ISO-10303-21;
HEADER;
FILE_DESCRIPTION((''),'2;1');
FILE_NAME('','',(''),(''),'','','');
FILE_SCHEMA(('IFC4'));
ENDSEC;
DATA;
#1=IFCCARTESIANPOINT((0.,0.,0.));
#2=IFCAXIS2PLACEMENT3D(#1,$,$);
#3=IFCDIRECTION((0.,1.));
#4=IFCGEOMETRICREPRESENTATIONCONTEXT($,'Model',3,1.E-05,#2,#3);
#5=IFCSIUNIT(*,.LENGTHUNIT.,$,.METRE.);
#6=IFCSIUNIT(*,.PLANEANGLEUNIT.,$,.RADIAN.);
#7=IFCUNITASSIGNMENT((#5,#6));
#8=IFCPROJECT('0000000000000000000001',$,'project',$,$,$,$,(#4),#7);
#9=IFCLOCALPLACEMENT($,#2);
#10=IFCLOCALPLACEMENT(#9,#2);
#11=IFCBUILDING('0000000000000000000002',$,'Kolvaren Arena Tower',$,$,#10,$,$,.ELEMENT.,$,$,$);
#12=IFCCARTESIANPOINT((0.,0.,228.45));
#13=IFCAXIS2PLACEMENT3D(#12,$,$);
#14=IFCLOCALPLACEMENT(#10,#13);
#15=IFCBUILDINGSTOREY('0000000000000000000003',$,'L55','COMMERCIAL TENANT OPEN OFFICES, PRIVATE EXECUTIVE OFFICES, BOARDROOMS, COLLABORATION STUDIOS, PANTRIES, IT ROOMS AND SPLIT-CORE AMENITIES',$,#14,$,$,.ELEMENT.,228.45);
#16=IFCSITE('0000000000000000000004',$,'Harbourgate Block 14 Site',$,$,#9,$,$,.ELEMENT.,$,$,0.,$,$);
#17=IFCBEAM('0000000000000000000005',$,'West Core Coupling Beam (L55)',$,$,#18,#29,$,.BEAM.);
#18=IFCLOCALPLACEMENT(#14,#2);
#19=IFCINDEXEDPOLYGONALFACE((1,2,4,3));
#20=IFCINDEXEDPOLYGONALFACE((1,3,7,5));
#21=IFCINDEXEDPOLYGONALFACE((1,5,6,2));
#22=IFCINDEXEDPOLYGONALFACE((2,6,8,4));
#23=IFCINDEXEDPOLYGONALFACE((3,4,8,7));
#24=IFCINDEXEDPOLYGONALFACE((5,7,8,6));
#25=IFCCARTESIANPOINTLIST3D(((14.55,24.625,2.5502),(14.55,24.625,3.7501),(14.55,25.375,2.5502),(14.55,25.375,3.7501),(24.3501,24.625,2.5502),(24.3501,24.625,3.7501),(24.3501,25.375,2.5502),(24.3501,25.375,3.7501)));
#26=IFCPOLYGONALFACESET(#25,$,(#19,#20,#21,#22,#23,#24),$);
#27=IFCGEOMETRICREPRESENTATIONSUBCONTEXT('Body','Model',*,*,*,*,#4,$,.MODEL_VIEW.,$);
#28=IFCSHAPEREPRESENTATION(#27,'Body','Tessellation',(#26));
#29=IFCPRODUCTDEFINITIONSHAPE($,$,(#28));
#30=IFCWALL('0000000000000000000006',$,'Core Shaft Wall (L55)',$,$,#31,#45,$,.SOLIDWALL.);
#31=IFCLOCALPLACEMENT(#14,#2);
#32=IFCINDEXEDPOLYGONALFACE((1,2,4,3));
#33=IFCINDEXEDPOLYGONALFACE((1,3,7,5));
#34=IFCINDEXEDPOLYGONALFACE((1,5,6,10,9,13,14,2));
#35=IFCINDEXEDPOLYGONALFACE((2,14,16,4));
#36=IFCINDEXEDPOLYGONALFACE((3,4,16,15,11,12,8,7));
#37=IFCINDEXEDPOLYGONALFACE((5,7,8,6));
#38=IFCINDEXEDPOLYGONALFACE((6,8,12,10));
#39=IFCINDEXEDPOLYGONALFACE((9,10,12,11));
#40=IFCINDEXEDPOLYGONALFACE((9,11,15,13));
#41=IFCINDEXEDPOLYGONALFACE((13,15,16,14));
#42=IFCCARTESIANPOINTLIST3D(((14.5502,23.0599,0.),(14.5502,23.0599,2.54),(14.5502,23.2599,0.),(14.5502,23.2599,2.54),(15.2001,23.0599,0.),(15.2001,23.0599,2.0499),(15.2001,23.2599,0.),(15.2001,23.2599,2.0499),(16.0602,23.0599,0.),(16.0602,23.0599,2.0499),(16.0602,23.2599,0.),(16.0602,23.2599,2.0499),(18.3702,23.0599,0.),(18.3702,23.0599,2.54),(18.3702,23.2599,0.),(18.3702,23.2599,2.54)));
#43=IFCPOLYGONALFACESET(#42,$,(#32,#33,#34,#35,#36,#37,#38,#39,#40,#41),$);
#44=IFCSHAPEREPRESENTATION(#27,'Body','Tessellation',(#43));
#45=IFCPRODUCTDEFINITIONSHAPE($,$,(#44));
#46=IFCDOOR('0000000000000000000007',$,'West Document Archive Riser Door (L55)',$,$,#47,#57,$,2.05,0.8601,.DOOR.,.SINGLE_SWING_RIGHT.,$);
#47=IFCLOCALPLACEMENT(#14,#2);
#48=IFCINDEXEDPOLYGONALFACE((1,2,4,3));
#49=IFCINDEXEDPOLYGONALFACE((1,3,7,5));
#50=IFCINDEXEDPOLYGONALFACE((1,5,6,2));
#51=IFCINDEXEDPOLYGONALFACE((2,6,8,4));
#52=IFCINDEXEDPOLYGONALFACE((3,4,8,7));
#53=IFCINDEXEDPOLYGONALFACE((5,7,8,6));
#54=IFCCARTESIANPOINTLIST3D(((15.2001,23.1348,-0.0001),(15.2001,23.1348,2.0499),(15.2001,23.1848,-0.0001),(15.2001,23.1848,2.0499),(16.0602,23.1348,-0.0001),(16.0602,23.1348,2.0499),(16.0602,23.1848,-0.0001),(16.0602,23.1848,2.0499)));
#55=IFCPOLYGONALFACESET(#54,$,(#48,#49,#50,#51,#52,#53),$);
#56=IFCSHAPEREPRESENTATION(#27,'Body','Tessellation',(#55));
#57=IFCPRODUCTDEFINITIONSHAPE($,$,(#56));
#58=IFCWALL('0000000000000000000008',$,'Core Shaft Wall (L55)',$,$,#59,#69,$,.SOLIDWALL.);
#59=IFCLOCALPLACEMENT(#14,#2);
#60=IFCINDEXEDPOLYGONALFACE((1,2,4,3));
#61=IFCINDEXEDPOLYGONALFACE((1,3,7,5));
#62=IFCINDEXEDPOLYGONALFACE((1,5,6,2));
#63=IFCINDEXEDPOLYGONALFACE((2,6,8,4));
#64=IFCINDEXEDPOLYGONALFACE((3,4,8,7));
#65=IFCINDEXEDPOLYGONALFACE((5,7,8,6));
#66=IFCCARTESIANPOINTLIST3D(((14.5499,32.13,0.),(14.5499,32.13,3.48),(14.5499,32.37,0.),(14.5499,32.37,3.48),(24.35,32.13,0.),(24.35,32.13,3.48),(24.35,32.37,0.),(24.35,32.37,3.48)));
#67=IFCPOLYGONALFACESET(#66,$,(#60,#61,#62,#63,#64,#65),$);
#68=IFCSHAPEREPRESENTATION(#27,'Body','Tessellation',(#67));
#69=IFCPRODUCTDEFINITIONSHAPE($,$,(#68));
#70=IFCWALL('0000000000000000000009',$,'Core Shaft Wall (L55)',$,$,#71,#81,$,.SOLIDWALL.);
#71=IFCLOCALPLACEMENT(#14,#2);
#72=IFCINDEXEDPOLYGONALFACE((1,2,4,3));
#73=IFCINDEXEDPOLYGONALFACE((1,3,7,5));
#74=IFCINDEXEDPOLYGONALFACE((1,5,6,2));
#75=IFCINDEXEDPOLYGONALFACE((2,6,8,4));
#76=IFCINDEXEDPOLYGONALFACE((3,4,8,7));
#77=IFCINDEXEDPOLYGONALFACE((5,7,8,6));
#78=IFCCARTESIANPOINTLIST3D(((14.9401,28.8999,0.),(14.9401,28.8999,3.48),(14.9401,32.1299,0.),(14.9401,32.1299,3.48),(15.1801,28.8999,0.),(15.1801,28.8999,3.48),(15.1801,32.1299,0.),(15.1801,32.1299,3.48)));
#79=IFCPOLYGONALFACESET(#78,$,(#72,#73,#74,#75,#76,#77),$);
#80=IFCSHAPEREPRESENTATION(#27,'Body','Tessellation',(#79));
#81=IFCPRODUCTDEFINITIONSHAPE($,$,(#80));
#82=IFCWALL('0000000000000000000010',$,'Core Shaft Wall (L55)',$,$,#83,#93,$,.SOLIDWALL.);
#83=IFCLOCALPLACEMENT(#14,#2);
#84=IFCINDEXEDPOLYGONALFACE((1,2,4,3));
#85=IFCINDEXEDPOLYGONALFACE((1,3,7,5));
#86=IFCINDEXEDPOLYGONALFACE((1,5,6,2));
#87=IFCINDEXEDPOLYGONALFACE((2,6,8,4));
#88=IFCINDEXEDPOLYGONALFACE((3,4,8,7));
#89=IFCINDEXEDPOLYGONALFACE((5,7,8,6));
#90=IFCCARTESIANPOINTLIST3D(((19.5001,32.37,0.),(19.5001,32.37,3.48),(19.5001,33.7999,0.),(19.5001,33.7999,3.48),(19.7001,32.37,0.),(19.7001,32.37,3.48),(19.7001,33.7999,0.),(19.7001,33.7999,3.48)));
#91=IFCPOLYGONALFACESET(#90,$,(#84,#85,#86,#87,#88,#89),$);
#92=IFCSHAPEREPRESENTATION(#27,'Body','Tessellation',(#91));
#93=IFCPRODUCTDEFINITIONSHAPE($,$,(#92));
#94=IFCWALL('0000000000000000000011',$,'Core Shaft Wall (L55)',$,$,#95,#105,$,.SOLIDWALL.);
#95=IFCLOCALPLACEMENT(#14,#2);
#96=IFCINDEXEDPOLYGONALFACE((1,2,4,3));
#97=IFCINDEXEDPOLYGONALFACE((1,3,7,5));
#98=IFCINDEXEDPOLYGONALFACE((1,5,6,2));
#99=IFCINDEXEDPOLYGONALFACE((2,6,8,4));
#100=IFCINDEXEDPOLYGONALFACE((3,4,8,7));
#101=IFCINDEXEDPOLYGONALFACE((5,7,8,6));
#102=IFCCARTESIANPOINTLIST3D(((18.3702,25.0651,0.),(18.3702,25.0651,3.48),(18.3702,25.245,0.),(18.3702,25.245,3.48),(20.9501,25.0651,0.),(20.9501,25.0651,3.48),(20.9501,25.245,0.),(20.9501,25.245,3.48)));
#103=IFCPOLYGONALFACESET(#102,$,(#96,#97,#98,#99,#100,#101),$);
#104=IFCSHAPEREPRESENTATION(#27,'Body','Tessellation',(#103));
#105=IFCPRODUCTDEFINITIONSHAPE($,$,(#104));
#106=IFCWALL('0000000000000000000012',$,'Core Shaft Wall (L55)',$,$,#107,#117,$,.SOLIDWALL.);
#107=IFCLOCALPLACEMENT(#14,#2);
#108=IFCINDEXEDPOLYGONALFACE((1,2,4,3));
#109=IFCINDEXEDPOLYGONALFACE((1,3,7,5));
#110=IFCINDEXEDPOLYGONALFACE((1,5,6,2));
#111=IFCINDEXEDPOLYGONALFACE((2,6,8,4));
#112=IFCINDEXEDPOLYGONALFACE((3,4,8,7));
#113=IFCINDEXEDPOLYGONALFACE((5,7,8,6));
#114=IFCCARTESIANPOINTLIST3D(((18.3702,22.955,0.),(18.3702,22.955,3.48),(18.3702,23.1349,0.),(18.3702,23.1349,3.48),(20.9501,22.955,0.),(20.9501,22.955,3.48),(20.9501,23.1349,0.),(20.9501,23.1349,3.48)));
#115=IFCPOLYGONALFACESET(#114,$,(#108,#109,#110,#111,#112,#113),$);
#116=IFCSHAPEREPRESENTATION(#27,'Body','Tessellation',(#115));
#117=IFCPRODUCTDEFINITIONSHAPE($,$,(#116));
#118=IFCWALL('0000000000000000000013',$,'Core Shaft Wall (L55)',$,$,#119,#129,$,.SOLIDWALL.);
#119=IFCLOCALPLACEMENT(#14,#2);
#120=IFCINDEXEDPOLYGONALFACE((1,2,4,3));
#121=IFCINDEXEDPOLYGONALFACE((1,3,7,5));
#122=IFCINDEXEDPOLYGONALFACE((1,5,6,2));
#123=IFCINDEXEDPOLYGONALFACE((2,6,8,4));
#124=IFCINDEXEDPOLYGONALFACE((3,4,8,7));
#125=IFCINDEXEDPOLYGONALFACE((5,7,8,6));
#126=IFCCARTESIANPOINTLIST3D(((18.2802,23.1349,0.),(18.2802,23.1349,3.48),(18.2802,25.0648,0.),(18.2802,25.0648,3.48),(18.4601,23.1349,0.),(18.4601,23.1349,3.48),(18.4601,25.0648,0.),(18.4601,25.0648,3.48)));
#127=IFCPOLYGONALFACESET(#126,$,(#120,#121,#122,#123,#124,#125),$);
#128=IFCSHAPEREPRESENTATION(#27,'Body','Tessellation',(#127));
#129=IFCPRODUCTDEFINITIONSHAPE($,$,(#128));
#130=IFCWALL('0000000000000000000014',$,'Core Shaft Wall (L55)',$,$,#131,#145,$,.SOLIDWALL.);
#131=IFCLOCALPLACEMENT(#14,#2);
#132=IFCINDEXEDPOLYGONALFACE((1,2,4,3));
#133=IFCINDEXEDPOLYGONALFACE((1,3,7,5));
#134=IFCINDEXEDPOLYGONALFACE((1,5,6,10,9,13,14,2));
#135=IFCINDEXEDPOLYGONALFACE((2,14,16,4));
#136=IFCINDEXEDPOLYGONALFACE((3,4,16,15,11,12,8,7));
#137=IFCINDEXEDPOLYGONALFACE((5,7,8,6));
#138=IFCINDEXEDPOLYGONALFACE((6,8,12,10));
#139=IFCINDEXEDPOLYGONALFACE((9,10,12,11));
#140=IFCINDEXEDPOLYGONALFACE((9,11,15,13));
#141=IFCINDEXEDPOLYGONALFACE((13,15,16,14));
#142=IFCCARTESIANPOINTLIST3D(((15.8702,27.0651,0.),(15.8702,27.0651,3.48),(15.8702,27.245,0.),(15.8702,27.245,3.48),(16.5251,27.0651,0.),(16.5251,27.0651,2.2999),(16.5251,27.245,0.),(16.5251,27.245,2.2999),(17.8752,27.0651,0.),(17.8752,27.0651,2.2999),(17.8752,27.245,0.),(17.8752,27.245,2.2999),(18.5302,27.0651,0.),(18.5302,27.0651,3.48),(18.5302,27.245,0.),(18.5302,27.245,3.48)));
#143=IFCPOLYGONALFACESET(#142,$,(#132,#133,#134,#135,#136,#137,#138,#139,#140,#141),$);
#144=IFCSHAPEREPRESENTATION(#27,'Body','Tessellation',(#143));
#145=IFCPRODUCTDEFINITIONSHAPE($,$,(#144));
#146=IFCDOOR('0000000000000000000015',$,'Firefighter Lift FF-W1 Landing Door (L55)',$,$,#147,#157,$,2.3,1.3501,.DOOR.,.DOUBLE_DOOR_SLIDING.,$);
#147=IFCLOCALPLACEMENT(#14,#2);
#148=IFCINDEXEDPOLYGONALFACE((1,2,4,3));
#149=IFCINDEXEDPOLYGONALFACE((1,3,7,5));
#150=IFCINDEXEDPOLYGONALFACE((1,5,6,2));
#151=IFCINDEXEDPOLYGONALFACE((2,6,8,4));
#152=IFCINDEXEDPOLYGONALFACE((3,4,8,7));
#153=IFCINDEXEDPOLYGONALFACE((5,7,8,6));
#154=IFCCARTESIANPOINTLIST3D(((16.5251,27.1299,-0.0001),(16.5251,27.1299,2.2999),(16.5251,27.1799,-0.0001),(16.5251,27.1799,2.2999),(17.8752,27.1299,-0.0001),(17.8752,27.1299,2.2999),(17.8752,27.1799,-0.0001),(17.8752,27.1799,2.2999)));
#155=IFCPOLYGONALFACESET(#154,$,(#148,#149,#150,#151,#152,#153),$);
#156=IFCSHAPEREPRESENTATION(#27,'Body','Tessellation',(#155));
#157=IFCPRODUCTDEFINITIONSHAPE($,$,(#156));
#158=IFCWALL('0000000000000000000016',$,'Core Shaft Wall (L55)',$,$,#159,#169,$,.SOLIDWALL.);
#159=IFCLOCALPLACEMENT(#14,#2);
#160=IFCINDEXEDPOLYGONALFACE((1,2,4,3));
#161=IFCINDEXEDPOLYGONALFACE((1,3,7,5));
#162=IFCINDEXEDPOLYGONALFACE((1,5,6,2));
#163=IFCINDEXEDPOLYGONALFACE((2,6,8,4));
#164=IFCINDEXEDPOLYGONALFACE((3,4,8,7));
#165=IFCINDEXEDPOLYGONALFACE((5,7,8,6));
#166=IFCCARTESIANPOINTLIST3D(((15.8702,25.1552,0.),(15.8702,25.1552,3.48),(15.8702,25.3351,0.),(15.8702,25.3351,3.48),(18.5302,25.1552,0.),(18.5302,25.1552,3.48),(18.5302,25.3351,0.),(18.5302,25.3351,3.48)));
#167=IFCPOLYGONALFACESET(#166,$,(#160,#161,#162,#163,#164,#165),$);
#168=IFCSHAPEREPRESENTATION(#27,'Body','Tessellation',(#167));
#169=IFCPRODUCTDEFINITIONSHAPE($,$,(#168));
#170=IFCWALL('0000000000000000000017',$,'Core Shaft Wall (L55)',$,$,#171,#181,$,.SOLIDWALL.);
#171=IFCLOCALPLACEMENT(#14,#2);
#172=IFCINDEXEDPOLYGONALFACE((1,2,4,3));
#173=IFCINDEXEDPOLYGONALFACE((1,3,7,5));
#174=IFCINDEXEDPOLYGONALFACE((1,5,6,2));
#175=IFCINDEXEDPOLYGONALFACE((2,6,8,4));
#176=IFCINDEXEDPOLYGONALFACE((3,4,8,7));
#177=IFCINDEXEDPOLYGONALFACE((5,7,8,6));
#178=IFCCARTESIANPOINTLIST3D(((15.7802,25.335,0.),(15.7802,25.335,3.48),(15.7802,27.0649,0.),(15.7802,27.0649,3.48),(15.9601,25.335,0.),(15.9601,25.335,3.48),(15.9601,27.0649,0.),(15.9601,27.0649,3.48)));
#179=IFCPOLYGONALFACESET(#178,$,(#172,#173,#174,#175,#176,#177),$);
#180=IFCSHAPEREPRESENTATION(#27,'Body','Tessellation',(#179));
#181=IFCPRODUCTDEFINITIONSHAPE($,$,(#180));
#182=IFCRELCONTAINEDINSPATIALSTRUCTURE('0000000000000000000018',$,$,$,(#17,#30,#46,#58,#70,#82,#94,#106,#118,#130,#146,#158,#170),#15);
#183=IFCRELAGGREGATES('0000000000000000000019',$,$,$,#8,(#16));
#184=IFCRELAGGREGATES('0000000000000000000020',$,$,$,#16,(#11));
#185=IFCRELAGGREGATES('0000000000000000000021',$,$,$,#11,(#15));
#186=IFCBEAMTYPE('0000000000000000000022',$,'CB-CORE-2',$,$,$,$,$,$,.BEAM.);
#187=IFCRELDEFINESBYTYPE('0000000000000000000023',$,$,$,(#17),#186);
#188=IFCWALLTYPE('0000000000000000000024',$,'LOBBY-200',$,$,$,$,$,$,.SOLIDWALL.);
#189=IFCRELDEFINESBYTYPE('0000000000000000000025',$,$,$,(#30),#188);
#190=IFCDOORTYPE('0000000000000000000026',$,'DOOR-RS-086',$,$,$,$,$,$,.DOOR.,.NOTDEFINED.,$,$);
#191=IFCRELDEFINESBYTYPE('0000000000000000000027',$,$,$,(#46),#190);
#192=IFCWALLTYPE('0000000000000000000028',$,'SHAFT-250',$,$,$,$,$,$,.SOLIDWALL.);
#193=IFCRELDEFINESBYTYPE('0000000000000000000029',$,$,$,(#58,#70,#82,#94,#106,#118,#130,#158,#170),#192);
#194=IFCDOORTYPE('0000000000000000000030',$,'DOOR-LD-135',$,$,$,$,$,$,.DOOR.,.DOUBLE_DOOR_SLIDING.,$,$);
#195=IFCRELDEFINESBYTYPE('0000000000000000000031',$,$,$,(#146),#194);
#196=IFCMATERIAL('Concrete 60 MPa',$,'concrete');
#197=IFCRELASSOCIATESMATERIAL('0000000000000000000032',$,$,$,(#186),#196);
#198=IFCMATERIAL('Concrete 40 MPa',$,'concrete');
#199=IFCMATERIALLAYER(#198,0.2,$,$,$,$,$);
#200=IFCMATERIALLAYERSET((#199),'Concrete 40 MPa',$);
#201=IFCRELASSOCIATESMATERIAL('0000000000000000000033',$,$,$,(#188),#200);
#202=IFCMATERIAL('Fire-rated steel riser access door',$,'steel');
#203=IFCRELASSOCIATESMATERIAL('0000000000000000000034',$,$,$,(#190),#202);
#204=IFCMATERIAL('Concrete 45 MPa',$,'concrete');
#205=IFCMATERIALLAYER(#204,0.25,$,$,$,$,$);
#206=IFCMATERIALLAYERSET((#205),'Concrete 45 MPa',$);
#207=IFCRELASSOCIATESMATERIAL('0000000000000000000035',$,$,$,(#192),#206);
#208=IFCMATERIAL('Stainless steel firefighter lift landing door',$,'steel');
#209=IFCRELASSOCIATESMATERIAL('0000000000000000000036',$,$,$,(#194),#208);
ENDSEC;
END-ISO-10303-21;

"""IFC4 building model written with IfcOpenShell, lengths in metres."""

from ifc_helpers import new_model, si_unit, direction, frame, frame_2d, origin, origin_2d, place, context, subcontext, project, spatial, rectangle, extrude, material, layer, layer_set, material_profile, profile_set, type_object, element, fill, save


model = new_model("IFC4")

# Units and contexts
model_context = context("Model", 3, precision=1e-05, world=origin(), true_north=direction((0.0, 1.0)))
body_context = subcontext(model_context, "Body", "Model", "MODEL_VIEW")
ifc_project = project(units=[si_unit("LENGTHUNIT", "METRE"), si_unit("PLANEANGLEUNIT", "RADIAN")], contexts=[model_context])

# Site, building, storey
site_placement = place(None, origin())
site = spatial("IfcSite", under=ifc_project, at=site_placement, Name="Harbourgate Block 14 Site", CompositionType="ELEMENT", RefElevation=0.0)
building_placement = place(site_placement, origin())
building = spatial("IfcBuilding", under=site, at=building_placement, Name="Kolvaren Arena Tower", CompositionType="ELEMENT")
storey_placement = place(building_placement, frame((0.0, 0.0, 228.45)))
storey = spatial("IfcBuildingStorey", under=building, at=storey_placement, Name="L55", Description="COMMERCIAL TENANT OPEN OFFICES, PRIVATE EXECUTIVE OFFICES, BOARDROOMS, COLLABORATION STUDIOS, PANTRIES, IT ROOMS AND SPLIT-CORE AMENITIES", CompositionType="ELEMENT", Elevation=228.45)

# Beam
ifc_material_1 = material(Name="Concrete 60 MPa", Category="concrete")
ifc_material_profile = material_profile(ifc_material_1, rectangle(XDim=0.75, YDim=1.2, at=origin_2d()), Name="RC-750x1200")
ifc_profile_set = profile_set([ifc_material_profile], Name="Concrete 60 MPa")
beam_type = type_object("IfcBeamType", Name="CB-CORE-2", PredefinedType="BEAM", material=ifc_profile_set)
beam_placement = place(storey_placement, frame((14.55, 25.0, 3.1501), z_axis=(1.0, 0.0, 0.0), x_axis=(0.0, 1.0, 0.0)))
element("IfcBeam", 1, at=beam_placement, inside=storey, type_object=beam_type, Name="West Core Coupling Beam (L55)", PredefinedType="BEAM", context=body_context, shape_type="SweptSolid", body=[
    extrude(rectangle(XDim=0.75, YDim=1.2, at=origin_2d()), origin(), (0.0, 0.0, 1.0), 9.8),
])

# Wall, opening, door
ifc_material_2 = material(Name="Concrete 40 MPa", Category="concrete")
ifc_layer_1 = layer(ifc_material_2, 0.2)
ifc_layer_set_1 = layer_set([ifc_layer_1], Name="Concrete 40 MPa")
wall_type_1 = type_object("IfcWallType", Name="LOBBY-200", PredefinedType="SOLIDWALL", material=ifc_layer_set_1)
wall_1_placement = place(storey_placement, frame((14.55, 23.1599, 0.0), z_axis=(0.0, 0.0, 1.0), x_axis=(1.0, 0.0, 0.0)))
wall_1 = element("IfcWall", 2, at=wall_1_placement, inside=storey, type_object=wall_type_1, Name="Core Shaft Wall (L55)", PredefinedType="SOLIDWALL", context=body_context, shape_type="SweptSolid", body=[
    extrude(rectangle(XDim=3.8201, YDim=0.2, at=frame_2d((1.9102, 0.0))), origin(), (0.0, 0.0, 1.0), 2.54),
])
opening_1_placement = place(wall_1_placement, frame((0.6499, 0.0, 0.0)))
opening_1 = element("IfcOpeningElement", 3, at=opening_1_placement, cuts=wall_1, PredefinedType="OPENING", context=body_context, shape_type="SweptSolid", body=[
    extrude(rectangle(XDim=0.8601, YDim=2.05, at=frame_2d((0.4302, 1.0249))), frame((0.0, 0.1099, 0.0), z_axis=(0.0, -1.0, 0.0), x_axis=(1.0, 0.0, 0.0)), (0.0, 0.0, 1.0), 0.22),
])
ifc_material_3 = material(Name="Fire-rated steel riser access door", Category="steel")
door_type_1 = type_object("IfcDoorType", Name="DOOR-RS-086", OperationType="NOTDEFINED", PredefinedType="DOOR", material=ifc_material_3)
door_1_placement = place(opening_1_placement, origin())
door_1 = element("IfcDoor", 4, at=door_1_placement, inside=storey, type_object=door_type_1, Name="West Document Archive Riser Door (L55)", OperationType="SINGLE_SWING_RIGHT", OverallHeight=2.05, OverallWidth=0.8601, PredefinedType="DOOR", context=body_context, shape_type="SweptSolid", body=[
    extrude(rectangle(XDim=0.8601, YDim=2.05, at=frame_2d((0.4302, 1.0249))), frame((0.0, 0.0249, 0.0), z_axis=(0.0, -1.0, 0.0), x_axis=(1.0, 0.0, 0.0)), (0.0, 0.0, 1.0), 0.05),
])
fill(opening_1, door_1)

# Walls
ifc_material_4 = material(Name="Concrete 45 MPa", Category="concrete")
ifc_layer_2 = layer(ifc_material_4, 0.25)
ifc_layer_set_2 = layer_set([ifc_layer_2], Name="Concrete 45 MPa")
wall_type_2 = type_object("IfcWallType", Name="SHAFT-250", PredefinedType="SOLIDWALL", material=ifc_layer_set_2)
wall_2_placement = place(storey_placement, frame((14.55, 32.25, 0.0), z_axis=(0.0, 0.0, 1.0), x_axis=(1.0, 0.0, 0.0)))
element("IfcWall", 5, at=wall_2_placement, inside=storey, type_object=wall_type_2, Name="Core Shaft Wall (L55)", PredefinedType="SOLIDWALL", context=body_context, shape_type="SweptSolid", body=[
    extrude(rectangle(XDim=9.8, YDim=0.24, at=frame_2d((4.8999, 0.0))), origin(), (0.0, 0.0, 1.0), 3.48),
])
wall_3_placement = place(storey_placement, frame((15.0601, 28.8999, 0.0), z_axis=(0.0, 0.0, 1.0), x_axis=(0.0, 1.0, 0.0)))
element("IfcWall", 6, at=wall_3_placement, inside=storey, type_object=wall_type_2, Name="Core Shaft Wall (L55)", PredefinedType="SOLIDWALL", context=body_context, shape_type="SweptSolid", body=[
    extrude(rectangle(XDim=3.23, YDim=0.24, at=frame_2d((1.615, 0.0))), origin(), (0.0, 0.0, 1.0), 3.48),
])
wall_4_placement = place(storey_placement, frame((19.6001, 32.3701, 0.0), z_axis=(0.0, 0.0, 1.0), x_axis=(0.0, 1.0, 0.0)))
element("IfcWall", 7, at=wall_4_placement, inside=storey, type_object=wall_type_2, Name="Core Shaft Wall (L55)", PredefinedType="SOLIDWALL", context=body_context, shape_type="SweptSolid", body=[
    extrude(rectangle(XDim=1.4299, YDim=0.2, at=frame_2d((0.7148, 0.0))), origin(), (0.0, 0.0, 1.0), 3.48),
])
for number, where, z_axis, x_axis, name in (
    (8, (18.3701, 25.155, 0.0), (0.0, 0.0, 1.0), (1.0, 0.0, 0.0), "Core Shaft Wall (L55)"),
    (9, (18.3701, 23.0449, 0.0), (0.0, 0.0, 1.0), (1.0, 0.0, 0.0), "Core Shaft Wall (L55)"),
):
    element("IfcWall", number, at=place(storey_placement, frame(where, z_axis=z_axis, x_axis=x_axis)), inside=storey, type_object=wall_type_2, Name=name, PredefinedType="SOLIDWALL", context=body_context, shape_type="SweptSolid", body=[
        extrude(rectangle(XDim=2.5798, YDim=0.1799, at=frame_2d((1.29, 0.0))), origin(), (0.0, 0.0, 1.0), 3.48),
    ])
wall_5_placement = place(storey_placement, frame((18.3701, 23.135, 0.0), z_axis=(0.0, 0.0, 1.0), x_axis=(0.0, 1.0, 0.0)))
element("IfcWall", 10, at=wall_5_placement, inside=storey, type_object=wall_type_2, Name="Core Shaft Wall (L55)", PredefinedType="SOLIDWALL", context=body_context, shape_type="SweptSolid", body=[
    extrude(rectangle(XDim=1.9299, YDim=0.1799, at=frame_2d((0.9648, 0.0))), origin(), (0.0, 0.0, 1.0), 3.48),
])

# Wall, opening, door
wall_6_placement = place(storey_placement, frame((15.8701, 27.155, 0.0), z_axis=(0.0, 0.0, 1.0), x_axis=(1.0, 0.0, 0.0)))
wall_6 = element("IfcWall", 11, at=wall_6_placement, inside=storey, type_object=wall_type_2, Name="Core Shaft Wall (L55)", PredefinedType="SOLIDWALL", context=body_context, shape_type="SweptSolid", body=[
    extrude(rectangle(XDim=2.6599, YDim=0.1799, at=frame_2d((1.3301, 0.0))), origin(), (0.0, 0.0, 1.0), 3.48),
])
opening_2_placement = place(wall_6_placement, frame((0.655, 0.0, 0.0)))
opening_2 = element("IfcOpeningElement", 12, at=opening_2_placement, cuts=wall_6, PredefinedType="OPENING", context=body_context, shape_type="SweptSolid", body=[
    extrude(rectangle(XDim=1.3501, YDim=2.3, at=frame_2d((0.675, 1.1499))), frame((0.0, 0.0999, 0.0), z_axis=(0.0, -1.0, 0.0), x_axis=(1.0, 0.0, 0.0)), (0.0, 0.0, 1.0), 0.2),
])
ifc_material_5 = material(Name="Stainless steel firefighter lift landing door", Category="steel")
door_type_2 = type_object("IfcDoorType", Name="DOOR-LD-135", OperationType="DOUBLE_DOOR_SLIDING", PredefinedType="DOOR", material=ifc_material_5)
door_2_placement = place(opening_2_placement, origin())
door_2 = element("IfcDoor", 13, at=door_2_placement, inside=storey, type_object=door_type_2, Name="Firefighter Lift FF-W1 Landing Door (L55)", OperationType="DOUBLE_DOOR_SLIDING", OverallHeight=2.3, OverallWidth=1.3501, PredefinedType="DOOR", context=body_context, shape_type="SweptSolid", body=[
    extrude(rectangle(XDim=1.3501, YDim=2.3, at=frame_2d((0.675, 1.1499))), frame((0.0, 0.0249, 0.0), z_axis=(0.0, -1.0, 0.0), x_axis=(1.0, 0.0, 0.0)), (0.0, 0.0, 1.0), 0.05),
])
fill(opening_2, door_2)

# Walls
wall_7_placement = place(storey_placement, frame((15.8701, 25.2451, 0.0), z_axis=(0.0, 0.0, 1.0), x_axis=(1.0, 0.0, 0.0)))
element("IfcWall", 14, at=wall_7_placement, inside=storey, type_object=wall_type_2, Name="Core Shaft Wall (L55)", PredefinedType="SOLIDWALL", context=body_context, shape_type="SweptSolid", body=[
    extrude(rectangle(XDim=2.6599, YDim=0.1799, at=frame_2d((1.3301, 0.0))), origin(), (0.0, 0.0, 1.0), 3.48),
])
for number, where, z_axis, x_axis, name in (
    (15, (15.8701, 25.335, 0.0), (0.0, 0.0, 1.0), (0.0, 1.0, 0.0), "Core Shaft Wall (L55)"),
):
    element("IfcWall", number, at=place(storey_placement, frame(where, z_axis=z_axis, x_axis=x_axis)), inside=storey, type_object=wall_type_2, Name=name, PredefinedType="SOLIDWALL", context=body_context, shape_type="SweptSolid", body=[
        extrude(rectangle(XDim=1.73, YDim=0.1799, at=frame_2d((0.865, 0.0))), origin(), (0.0, 0.0, 1.0), 3.48),
    ])

save(model, "model.ifc")
